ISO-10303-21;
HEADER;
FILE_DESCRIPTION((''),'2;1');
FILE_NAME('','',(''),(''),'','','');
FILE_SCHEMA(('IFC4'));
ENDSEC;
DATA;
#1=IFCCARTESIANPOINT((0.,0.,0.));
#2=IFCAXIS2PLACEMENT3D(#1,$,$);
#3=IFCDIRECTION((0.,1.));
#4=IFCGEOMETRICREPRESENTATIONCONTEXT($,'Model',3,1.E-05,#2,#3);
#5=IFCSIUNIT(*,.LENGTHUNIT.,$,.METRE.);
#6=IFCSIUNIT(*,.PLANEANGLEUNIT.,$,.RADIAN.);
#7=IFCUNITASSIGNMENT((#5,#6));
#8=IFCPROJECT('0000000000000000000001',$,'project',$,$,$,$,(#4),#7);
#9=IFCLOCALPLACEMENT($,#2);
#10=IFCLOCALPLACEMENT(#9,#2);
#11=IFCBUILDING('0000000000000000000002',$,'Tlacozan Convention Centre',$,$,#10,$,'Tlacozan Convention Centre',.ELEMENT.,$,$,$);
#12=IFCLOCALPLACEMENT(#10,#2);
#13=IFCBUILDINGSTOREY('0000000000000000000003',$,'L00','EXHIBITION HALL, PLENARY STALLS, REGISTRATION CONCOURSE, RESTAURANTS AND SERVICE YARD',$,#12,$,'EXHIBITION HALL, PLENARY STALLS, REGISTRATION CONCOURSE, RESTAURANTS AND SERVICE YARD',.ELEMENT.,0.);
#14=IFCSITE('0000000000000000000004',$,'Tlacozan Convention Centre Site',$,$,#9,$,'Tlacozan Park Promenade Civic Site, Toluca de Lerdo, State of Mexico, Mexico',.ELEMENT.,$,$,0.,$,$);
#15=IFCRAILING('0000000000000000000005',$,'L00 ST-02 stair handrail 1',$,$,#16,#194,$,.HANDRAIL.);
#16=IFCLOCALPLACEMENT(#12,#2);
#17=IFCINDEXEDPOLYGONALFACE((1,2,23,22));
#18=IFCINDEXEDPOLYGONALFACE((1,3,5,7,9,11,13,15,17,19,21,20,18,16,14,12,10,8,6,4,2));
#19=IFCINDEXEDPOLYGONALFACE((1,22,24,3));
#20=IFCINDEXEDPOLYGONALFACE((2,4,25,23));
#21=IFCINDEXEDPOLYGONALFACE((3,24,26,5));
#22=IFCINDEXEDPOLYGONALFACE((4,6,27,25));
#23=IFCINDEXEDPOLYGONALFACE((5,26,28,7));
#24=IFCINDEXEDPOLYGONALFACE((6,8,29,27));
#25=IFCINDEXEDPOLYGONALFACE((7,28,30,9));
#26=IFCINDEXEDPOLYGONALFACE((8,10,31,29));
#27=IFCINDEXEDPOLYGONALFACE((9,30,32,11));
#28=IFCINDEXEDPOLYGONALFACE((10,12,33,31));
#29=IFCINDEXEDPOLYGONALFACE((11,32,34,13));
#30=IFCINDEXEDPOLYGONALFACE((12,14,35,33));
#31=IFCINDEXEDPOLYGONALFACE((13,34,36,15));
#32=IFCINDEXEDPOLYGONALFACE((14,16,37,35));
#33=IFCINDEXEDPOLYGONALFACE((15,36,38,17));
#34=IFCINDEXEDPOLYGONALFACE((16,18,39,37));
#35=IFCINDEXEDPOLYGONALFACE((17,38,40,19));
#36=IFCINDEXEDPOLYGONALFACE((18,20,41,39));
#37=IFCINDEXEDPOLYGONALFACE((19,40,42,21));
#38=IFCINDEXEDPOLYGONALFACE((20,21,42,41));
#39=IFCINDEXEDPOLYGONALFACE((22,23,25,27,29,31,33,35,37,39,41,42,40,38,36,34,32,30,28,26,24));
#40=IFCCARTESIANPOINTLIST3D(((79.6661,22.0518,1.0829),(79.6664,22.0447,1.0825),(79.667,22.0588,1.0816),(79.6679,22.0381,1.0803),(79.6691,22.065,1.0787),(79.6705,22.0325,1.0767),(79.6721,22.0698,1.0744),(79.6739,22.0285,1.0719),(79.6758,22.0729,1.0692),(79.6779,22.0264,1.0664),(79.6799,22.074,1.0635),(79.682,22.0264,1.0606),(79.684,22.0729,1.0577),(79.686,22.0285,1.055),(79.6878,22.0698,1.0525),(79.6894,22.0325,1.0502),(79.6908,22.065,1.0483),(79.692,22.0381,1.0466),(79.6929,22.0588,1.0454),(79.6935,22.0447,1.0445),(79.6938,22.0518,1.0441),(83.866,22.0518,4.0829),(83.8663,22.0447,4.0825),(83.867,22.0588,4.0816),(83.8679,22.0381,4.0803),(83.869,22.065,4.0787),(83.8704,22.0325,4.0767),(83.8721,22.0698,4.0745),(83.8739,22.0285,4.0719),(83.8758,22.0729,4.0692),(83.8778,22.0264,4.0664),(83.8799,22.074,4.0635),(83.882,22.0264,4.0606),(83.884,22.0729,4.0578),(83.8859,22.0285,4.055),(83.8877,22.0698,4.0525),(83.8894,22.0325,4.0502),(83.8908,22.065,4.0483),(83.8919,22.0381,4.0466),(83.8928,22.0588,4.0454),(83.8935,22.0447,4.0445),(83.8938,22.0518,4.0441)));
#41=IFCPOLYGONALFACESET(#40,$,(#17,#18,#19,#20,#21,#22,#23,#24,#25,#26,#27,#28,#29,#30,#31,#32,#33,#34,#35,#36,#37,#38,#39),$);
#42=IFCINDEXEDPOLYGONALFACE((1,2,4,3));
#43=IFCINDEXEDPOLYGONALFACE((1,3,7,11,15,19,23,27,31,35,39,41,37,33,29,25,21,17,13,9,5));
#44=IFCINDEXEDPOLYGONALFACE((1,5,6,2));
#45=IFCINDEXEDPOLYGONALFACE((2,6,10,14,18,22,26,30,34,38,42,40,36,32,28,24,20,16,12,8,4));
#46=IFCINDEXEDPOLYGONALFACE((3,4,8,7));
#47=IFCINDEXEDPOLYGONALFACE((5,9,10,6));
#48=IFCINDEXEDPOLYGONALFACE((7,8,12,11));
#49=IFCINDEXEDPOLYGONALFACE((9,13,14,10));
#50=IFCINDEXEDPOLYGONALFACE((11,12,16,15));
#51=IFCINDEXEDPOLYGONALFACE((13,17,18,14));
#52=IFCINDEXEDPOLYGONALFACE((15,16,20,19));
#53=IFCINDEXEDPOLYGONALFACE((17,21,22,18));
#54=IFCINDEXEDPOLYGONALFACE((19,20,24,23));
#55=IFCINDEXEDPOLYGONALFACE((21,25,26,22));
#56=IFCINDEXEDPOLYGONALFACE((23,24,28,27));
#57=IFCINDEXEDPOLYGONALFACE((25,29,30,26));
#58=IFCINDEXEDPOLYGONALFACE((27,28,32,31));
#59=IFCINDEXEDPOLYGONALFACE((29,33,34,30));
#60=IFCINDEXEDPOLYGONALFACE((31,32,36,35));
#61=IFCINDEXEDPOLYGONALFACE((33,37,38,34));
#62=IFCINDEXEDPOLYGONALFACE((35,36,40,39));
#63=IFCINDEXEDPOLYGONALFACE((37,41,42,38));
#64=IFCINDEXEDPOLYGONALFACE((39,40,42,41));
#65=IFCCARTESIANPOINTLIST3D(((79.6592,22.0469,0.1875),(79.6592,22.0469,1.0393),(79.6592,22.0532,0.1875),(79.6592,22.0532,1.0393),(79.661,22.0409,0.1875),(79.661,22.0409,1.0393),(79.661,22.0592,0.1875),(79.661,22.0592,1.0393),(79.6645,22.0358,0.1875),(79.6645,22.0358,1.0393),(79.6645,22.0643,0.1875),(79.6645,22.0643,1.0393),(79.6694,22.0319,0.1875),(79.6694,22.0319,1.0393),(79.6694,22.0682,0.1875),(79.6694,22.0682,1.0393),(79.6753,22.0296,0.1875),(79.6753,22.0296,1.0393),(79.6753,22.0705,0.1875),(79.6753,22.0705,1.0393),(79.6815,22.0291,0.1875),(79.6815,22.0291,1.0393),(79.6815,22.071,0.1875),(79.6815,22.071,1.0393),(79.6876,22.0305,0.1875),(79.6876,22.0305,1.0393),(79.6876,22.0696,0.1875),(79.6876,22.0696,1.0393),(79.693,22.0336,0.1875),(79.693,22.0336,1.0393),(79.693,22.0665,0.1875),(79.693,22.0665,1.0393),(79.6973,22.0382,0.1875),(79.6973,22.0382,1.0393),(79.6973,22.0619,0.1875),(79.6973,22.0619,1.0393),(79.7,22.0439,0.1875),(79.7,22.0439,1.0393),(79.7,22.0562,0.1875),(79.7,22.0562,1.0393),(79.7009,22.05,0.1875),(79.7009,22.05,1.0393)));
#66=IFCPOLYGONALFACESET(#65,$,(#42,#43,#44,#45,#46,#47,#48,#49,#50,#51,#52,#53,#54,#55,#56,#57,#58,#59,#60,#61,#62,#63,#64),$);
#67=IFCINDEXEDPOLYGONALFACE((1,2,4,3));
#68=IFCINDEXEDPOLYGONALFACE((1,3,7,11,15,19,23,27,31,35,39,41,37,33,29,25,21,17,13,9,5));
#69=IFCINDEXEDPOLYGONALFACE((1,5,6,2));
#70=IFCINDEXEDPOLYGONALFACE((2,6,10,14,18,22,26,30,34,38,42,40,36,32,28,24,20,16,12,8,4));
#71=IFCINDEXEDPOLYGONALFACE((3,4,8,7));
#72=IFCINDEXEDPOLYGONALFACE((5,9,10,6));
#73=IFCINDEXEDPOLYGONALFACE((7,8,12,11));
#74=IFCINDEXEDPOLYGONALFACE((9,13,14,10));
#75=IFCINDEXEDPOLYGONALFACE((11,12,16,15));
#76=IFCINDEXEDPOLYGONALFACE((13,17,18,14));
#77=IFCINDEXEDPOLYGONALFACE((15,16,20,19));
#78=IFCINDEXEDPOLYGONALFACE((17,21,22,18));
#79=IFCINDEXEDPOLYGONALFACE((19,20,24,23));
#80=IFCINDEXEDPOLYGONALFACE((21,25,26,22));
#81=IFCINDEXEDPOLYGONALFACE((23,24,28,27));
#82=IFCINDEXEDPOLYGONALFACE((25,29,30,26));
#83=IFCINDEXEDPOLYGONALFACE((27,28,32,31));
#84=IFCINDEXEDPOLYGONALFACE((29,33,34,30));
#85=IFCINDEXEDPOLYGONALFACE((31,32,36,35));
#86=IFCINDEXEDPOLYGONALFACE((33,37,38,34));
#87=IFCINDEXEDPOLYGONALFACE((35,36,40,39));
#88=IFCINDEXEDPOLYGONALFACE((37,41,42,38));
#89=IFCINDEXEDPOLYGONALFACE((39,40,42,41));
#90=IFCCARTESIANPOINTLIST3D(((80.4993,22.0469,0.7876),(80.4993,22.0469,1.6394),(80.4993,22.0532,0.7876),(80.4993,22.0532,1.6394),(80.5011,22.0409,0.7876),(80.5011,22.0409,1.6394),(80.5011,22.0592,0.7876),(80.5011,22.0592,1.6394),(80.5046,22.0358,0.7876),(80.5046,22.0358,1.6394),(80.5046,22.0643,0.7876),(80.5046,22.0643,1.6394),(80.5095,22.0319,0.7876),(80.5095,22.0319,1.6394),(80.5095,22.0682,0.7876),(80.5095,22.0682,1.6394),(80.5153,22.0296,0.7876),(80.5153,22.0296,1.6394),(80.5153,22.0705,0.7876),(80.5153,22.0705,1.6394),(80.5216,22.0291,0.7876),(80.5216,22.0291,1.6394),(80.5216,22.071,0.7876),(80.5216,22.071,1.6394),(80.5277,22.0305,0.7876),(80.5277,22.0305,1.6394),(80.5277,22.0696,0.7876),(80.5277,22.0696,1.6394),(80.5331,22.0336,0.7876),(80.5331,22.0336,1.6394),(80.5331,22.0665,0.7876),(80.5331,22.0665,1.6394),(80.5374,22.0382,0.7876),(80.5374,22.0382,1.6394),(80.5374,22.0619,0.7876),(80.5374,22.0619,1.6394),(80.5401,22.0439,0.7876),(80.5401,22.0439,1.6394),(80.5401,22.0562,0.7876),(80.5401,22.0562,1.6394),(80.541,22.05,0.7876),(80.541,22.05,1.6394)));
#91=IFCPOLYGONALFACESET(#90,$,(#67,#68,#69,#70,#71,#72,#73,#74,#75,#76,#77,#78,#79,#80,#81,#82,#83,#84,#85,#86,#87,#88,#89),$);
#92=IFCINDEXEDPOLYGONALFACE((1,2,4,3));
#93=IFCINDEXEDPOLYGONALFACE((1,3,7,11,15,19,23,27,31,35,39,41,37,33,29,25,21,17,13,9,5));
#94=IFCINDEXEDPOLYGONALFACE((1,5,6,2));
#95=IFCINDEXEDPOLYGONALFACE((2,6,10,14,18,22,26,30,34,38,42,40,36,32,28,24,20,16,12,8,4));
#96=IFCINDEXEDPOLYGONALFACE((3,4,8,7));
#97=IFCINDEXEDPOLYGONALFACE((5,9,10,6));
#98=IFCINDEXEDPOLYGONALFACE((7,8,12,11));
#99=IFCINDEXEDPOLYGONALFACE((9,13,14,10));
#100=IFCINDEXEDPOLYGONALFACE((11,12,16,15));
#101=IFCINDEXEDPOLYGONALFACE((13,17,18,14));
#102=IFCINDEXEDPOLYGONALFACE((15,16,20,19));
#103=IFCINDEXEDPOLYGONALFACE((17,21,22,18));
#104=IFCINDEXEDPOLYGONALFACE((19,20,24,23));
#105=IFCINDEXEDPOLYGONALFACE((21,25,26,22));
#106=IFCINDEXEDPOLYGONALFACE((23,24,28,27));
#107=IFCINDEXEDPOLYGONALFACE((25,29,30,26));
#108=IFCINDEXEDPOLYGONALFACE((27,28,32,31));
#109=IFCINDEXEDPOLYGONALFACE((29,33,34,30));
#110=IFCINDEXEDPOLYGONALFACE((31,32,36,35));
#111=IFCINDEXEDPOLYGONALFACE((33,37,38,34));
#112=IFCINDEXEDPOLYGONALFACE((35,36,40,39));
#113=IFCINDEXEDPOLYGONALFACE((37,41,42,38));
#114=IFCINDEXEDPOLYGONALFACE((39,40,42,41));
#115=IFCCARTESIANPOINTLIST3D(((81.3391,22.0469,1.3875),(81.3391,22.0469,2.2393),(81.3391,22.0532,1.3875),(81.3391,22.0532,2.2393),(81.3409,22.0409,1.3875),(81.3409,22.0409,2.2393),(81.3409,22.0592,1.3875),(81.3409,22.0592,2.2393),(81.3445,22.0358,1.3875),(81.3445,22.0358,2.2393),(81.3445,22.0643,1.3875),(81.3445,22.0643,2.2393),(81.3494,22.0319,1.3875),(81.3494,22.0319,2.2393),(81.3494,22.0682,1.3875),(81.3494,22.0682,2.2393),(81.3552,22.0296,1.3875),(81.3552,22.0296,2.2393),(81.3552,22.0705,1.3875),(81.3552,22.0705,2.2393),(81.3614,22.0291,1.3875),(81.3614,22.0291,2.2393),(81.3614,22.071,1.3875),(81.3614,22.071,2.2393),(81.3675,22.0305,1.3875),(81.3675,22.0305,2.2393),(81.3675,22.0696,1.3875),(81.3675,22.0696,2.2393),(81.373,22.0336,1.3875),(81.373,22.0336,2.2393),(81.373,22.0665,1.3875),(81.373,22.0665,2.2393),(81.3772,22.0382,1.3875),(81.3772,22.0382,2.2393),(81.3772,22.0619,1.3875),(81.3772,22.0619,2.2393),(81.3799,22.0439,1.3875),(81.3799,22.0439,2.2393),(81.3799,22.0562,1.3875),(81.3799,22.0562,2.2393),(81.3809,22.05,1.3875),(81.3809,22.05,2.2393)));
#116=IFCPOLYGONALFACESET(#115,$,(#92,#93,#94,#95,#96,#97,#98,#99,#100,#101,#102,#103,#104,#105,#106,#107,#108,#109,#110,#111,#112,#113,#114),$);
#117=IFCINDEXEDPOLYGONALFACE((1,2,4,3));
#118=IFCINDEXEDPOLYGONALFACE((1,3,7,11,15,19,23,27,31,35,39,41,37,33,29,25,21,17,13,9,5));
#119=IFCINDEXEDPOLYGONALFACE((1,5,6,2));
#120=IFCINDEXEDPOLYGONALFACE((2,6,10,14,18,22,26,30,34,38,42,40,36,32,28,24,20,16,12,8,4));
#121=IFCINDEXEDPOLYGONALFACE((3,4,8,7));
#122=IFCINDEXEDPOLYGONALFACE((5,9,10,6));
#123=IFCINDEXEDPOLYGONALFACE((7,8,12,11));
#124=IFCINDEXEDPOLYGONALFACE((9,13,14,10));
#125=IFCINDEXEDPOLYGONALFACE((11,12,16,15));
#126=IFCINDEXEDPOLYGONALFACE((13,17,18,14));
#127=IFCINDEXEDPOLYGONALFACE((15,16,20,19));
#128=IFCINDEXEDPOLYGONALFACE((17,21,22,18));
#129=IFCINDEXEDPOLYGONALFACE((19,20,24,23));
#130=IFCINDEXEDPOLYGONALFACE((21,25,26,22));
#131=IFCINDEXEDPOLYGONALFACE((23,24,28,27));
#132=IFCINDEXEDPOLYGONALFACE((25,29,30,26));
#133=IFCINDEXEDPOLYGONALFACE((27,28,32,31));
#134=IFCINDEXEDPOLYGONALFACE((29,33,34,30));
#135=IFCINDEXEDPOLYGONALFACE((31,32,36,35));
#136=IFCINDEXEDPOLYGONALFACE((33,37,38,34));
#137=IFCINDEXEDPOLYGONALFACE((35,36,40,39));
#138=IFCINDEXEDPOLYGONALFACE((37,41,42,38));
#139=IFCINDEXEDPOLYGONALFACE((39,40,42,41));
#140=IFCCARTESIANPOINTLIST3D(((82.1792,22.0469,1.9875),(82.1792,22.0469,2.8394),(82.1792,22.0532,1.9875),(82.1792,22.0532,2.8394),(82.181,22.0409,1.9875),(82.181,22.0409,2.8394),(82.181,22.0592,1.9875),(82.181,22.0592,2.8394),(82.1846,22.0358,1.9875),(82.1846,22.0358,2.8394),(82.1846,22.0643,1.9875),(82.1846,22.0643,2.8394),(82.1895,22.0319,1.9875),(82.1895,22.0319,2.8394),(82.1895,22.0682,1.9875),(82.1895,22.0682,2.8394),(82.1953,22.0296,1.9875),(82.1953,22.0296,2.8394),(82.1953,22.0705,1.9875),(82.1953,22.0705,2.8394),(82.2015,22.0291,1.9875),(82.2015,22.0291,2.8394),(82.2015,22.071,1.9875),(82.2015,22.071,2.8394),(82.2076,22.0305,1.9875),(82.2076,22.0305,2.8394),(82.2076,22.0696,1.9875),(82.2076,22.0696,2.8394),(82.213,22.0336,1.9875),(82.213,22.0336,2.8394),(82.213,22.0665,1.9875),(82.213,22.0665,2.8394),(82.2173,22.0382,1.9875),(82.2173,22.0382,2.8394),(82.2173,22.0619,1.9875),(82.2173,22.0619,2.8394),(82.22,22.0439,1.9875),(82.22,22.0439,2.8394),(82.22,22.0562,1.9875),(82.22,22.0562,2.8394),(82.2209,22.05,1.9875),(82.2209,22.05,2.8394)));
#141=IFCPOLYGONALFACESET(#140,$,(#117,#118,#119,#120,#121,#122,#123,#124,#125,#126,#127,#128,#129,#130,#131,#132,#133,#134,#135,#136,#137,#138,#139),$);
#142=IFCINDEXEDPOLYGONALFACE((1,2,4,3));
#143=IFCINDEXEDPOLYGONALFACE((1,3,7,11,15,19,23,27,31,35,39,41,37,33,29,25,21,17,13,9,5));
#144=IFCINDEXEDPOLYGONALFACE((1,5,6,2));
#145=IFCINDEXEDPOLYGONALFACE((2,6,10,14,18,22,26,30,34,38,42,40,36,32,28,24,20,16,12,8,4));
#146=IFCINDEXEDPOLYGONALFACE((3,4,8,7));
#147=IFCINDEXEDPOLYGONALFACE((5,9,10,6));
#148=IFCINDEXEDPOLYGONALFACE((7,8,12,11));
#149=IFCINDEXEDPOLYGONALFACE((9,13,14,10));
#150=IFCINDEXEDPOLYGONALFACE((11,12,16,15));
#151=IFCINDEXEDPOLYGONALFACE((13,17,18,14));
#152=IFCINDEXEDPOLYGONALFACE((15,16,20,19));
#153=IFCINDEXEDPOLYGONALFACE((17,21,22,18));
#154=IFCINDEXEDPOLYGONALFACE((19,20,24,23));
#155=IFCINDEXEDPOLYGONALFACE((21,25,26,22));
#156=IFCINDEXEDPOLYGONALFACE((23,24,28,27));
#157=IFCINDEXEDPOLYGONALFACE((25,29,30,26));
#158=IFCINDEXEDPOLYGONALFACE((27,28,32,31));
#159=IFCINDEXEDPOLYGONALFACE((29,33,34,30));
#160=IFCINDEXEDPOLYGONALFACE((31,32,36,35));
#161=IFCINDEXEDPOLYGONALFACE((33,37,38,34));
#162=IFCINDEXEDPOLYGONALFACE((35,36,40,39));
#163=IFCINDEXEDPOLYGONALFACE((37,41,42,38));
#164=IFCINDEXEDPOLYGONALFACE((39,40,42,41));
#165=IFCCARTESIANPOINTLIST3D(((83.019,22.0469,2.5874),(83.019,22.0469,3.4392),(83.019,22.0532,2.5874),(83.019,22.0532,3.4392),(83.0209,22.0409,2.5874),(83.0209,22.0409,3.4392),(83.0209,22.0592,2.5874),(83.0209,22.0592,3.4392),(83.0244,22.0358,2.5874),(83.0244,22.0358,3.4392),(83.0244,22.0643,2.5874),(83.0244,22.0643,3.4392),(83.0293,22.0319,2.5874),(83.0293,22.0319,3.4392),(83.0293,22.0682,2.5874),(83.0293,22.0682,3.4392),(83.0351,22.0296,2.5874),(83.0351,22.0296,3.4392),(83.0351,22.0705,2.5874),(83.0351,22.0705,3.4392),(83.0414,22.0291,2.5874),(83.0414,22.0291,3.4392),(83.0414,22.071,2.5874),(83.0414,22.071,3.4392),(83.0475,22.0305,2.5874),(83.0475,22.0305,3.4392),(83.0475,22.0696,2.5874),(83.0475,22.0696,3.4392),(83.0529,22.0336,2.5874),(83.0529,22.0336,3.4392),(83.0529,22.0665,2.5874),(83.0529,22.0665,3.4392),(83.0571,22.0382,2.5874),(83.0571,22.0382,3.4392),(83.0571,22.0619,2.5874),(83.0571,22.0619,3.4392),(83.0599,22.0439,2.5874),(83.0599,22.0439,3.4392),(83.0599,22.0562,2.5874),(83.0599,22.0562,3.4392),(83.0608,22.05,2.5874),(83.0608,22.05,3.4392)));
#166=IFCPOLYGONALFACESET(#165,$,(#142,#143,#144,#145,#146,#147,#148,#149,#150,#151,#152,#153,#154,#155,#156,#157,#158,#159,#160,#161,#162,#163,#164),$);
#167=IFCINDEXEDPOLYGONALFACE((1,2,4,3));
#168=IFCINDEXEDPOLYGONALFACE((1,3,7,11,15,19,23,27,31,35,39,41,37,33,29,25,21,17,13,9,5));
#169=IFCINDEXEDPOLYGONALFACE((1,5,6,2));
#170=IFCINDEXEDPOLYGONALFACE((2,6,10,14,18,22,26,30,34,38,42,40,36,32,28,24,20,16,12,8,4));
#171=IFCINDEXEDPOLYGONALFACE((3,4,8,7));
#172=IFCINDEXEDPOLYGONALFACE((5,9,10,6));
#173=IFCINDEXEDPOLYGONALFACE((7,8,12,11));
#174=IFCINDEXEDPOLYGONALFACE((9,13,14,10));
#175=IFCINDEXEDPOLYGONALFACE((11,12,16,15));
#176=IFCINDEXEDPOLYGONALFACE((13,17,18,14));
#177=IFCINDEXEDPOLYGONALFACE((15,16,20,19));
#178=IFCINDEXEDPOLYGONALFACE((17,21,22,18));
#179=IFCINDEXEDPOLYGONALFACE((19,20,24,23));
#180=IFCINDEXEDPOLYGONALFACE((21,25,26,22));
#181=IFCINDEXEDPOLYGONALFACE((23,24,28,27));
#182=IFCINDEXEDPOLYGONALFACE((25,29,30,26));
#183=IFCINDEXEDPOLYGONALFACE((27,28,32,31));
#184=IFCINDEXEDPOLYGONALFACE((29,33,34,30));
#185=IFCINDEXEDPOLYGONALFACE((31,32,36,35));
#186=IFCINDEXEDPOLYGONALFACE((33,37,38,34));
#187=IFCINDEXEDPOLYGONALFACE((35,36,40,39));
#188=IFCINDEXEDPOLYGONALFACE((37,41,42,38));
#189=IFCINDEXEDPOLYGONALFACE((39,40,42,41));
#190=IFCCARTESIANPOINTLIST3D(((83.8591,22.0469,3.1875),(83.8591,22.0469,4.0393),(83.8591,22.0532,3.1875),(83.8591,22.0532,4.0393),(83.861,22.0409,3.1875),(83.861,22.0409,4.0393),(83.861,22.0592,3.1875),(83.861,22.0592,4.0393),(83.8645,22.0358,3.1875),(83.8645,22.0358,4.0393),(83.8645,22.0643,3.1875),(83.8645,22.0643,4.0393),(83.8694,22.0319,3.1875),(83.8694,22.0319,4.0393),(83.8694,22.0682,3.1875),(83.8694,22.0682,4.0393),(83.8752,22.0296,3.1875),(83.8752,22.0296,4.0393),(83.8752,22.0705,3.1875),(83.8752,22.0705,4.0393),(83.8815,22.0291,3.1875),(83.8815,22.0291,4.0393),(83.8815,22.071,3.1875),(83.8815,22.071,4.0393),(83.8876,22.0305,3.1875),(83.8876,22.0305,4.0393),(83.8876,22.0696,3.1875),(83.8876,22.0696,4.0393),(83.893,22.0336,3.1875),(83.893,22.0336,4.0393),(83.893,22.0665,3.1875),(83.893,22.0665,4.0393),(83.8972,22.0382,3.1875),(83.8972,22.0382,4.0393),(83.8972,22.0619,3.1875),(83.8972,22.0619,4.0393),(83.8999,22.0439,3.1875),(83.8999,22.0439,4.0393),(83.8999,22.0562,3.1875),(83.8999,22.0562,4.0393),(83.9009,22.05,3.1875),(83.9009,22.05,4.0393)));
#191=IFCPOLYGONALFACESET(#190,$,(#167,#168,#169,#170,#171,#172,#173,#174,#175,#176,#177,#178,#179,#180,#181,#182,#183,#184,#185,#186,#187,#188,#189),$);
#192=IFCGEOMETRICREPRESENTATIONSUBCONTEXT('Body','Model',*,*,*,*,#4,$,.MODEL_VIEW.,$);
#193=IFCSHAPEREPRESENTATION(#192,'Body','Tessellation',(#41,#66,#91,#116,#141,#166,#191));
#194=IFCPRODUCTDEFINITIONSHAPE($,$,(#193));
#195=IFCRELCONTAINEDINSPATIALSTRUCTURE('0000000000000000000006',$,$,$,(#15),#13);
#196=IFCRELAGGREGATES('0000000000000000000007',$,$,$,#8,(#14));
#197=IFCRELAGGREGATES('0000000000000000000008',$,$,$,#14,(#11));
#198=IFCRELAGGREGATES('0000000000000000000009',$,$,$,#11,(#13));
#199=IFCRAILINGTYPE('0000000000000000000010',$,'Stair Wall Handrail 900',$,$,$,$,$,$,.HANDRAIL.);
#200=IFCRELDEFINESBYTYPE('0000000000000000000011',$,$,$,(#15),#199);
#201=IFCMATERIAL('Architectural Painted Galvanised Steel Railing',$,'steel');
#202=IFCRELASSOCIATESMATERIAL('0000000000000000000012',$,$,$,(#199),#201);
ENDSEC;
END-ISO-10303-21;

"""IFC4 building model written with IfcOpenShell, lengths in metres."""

from ifc_helpers import new_model, si_unit, direction, frame, origin, origin_2d, place, context, subcontext, project, spatial, circle, extrude, material, type_object, element, save


model = new_model("IFC4")

# Units and contexts
model_context = context("Model", 3, precision=1e-05, world=origin(), true_north=direction((0.0, 1.0)))
body_context = subcontext(model_context, "Body", "Model", "MODEL_VIEW")
ifc_project = project(units=[si_unit("LENGTHUNIT", "METRE"), si_unit("PLANEANGLEUNIT", "RADIAN")], contexts=[model_context])

# Site, building, storey
site_placement = place(None, origin())
site = spatial("IfcSite", under=ifc_project, at=site_placement, Name="Tlacozan Convention Centre Site", LongName="Tlacozan Park Promenade Civic Site, Toluca de Lerdo, State of Mexico, Mexico", CompositionType="ELEMENT", RefElevation=0.0)
building_placement = place(site_placement, origin())
building = spatial("IfcBuilding", under=site, at=building_placement, Name="Tlacozan Convention Centre", LongName="Tlacozan Convention Centre", CompositionType="ELEMENT")
storey_placement = place(building_placement, origin())
storey = spatial("IfcBuildingStorey", under=building, at=storey_placement, Name="L00", Description="EXHIBITION HALL, PLENARY STALLS, REGISTRATION CONCOURSE, RESTAURANTS AND SERVICE YARD", LongName="EXHIBITION HALL, PLENARY STALLS, REGISTRATION CONCOURSE, RESTAURANTS AND SERVICE YARD", CompositionType="ELEMENT", Elevation=0.0)

# Railing
ifc_material_1 = material(Name="Architectural Painted Galvanised Steel Railing", Category="steel")
railing_type = type_object("IfcRailingType", Name="Stair Wall Handrail 900", PredefinedType="HANDRAIL", material=ifc_material_1)
railing_placement = place(storey_placement, frame((79.6799, 22.05, 0.1875)))
element("IfcRailing", 1, at=railing_placement, inside=storey, type_object=railing_type, Name="L00 ST-02 stair handrail 1", PredefinedType="HANDRAIL", context=body_context, shape_type="SweptSolid", body=[
    extrude(circle(Radius=0.0239, at=origin_2d()), frame((0.0, 0.0, 0.876), z_axis=(0.81373, 0.0, 0.581243), x_axis=(0.0, 1.0, 0.0)), (0.0, 0.0, 1.0), 5.1614),
    extrude(circle(Radius=0.021, at=origin_2d()), origin(), (0.0, 0.0, 1.0), 0.8518),
    extrude(circle(Radius=0.021, at=origin_2d()), frame((0.8401, 0.0, 0.6001)), (0.0, 0.0, 1.0), 0.8518),
    extrude(circle(Radius=0.021, at=origin_2d()), frame((1.6799, 0.0, 1.2)), (0.0, 0.0, 1.0), 0.8518),
    extrude(circle(Radius=0.021, at=origin_2d()), frame((2.52, 0.0, 1.8)), (0.0, 0.0, 1.0), 0.8518),
    extrude(circle(Radius=0.021, at=origin_2d()), frame((3.3599, 0.0, 2.3999)), (0.0, 0.0, 1.0), 0.8518),
    extrude(circle(Radius=0.021, at=origin_2d()), frame((4.2, 0.0, 3.0)), (0.0, 0.0, 1.0), 0.8518),
])

save(model, "model.ifc")
